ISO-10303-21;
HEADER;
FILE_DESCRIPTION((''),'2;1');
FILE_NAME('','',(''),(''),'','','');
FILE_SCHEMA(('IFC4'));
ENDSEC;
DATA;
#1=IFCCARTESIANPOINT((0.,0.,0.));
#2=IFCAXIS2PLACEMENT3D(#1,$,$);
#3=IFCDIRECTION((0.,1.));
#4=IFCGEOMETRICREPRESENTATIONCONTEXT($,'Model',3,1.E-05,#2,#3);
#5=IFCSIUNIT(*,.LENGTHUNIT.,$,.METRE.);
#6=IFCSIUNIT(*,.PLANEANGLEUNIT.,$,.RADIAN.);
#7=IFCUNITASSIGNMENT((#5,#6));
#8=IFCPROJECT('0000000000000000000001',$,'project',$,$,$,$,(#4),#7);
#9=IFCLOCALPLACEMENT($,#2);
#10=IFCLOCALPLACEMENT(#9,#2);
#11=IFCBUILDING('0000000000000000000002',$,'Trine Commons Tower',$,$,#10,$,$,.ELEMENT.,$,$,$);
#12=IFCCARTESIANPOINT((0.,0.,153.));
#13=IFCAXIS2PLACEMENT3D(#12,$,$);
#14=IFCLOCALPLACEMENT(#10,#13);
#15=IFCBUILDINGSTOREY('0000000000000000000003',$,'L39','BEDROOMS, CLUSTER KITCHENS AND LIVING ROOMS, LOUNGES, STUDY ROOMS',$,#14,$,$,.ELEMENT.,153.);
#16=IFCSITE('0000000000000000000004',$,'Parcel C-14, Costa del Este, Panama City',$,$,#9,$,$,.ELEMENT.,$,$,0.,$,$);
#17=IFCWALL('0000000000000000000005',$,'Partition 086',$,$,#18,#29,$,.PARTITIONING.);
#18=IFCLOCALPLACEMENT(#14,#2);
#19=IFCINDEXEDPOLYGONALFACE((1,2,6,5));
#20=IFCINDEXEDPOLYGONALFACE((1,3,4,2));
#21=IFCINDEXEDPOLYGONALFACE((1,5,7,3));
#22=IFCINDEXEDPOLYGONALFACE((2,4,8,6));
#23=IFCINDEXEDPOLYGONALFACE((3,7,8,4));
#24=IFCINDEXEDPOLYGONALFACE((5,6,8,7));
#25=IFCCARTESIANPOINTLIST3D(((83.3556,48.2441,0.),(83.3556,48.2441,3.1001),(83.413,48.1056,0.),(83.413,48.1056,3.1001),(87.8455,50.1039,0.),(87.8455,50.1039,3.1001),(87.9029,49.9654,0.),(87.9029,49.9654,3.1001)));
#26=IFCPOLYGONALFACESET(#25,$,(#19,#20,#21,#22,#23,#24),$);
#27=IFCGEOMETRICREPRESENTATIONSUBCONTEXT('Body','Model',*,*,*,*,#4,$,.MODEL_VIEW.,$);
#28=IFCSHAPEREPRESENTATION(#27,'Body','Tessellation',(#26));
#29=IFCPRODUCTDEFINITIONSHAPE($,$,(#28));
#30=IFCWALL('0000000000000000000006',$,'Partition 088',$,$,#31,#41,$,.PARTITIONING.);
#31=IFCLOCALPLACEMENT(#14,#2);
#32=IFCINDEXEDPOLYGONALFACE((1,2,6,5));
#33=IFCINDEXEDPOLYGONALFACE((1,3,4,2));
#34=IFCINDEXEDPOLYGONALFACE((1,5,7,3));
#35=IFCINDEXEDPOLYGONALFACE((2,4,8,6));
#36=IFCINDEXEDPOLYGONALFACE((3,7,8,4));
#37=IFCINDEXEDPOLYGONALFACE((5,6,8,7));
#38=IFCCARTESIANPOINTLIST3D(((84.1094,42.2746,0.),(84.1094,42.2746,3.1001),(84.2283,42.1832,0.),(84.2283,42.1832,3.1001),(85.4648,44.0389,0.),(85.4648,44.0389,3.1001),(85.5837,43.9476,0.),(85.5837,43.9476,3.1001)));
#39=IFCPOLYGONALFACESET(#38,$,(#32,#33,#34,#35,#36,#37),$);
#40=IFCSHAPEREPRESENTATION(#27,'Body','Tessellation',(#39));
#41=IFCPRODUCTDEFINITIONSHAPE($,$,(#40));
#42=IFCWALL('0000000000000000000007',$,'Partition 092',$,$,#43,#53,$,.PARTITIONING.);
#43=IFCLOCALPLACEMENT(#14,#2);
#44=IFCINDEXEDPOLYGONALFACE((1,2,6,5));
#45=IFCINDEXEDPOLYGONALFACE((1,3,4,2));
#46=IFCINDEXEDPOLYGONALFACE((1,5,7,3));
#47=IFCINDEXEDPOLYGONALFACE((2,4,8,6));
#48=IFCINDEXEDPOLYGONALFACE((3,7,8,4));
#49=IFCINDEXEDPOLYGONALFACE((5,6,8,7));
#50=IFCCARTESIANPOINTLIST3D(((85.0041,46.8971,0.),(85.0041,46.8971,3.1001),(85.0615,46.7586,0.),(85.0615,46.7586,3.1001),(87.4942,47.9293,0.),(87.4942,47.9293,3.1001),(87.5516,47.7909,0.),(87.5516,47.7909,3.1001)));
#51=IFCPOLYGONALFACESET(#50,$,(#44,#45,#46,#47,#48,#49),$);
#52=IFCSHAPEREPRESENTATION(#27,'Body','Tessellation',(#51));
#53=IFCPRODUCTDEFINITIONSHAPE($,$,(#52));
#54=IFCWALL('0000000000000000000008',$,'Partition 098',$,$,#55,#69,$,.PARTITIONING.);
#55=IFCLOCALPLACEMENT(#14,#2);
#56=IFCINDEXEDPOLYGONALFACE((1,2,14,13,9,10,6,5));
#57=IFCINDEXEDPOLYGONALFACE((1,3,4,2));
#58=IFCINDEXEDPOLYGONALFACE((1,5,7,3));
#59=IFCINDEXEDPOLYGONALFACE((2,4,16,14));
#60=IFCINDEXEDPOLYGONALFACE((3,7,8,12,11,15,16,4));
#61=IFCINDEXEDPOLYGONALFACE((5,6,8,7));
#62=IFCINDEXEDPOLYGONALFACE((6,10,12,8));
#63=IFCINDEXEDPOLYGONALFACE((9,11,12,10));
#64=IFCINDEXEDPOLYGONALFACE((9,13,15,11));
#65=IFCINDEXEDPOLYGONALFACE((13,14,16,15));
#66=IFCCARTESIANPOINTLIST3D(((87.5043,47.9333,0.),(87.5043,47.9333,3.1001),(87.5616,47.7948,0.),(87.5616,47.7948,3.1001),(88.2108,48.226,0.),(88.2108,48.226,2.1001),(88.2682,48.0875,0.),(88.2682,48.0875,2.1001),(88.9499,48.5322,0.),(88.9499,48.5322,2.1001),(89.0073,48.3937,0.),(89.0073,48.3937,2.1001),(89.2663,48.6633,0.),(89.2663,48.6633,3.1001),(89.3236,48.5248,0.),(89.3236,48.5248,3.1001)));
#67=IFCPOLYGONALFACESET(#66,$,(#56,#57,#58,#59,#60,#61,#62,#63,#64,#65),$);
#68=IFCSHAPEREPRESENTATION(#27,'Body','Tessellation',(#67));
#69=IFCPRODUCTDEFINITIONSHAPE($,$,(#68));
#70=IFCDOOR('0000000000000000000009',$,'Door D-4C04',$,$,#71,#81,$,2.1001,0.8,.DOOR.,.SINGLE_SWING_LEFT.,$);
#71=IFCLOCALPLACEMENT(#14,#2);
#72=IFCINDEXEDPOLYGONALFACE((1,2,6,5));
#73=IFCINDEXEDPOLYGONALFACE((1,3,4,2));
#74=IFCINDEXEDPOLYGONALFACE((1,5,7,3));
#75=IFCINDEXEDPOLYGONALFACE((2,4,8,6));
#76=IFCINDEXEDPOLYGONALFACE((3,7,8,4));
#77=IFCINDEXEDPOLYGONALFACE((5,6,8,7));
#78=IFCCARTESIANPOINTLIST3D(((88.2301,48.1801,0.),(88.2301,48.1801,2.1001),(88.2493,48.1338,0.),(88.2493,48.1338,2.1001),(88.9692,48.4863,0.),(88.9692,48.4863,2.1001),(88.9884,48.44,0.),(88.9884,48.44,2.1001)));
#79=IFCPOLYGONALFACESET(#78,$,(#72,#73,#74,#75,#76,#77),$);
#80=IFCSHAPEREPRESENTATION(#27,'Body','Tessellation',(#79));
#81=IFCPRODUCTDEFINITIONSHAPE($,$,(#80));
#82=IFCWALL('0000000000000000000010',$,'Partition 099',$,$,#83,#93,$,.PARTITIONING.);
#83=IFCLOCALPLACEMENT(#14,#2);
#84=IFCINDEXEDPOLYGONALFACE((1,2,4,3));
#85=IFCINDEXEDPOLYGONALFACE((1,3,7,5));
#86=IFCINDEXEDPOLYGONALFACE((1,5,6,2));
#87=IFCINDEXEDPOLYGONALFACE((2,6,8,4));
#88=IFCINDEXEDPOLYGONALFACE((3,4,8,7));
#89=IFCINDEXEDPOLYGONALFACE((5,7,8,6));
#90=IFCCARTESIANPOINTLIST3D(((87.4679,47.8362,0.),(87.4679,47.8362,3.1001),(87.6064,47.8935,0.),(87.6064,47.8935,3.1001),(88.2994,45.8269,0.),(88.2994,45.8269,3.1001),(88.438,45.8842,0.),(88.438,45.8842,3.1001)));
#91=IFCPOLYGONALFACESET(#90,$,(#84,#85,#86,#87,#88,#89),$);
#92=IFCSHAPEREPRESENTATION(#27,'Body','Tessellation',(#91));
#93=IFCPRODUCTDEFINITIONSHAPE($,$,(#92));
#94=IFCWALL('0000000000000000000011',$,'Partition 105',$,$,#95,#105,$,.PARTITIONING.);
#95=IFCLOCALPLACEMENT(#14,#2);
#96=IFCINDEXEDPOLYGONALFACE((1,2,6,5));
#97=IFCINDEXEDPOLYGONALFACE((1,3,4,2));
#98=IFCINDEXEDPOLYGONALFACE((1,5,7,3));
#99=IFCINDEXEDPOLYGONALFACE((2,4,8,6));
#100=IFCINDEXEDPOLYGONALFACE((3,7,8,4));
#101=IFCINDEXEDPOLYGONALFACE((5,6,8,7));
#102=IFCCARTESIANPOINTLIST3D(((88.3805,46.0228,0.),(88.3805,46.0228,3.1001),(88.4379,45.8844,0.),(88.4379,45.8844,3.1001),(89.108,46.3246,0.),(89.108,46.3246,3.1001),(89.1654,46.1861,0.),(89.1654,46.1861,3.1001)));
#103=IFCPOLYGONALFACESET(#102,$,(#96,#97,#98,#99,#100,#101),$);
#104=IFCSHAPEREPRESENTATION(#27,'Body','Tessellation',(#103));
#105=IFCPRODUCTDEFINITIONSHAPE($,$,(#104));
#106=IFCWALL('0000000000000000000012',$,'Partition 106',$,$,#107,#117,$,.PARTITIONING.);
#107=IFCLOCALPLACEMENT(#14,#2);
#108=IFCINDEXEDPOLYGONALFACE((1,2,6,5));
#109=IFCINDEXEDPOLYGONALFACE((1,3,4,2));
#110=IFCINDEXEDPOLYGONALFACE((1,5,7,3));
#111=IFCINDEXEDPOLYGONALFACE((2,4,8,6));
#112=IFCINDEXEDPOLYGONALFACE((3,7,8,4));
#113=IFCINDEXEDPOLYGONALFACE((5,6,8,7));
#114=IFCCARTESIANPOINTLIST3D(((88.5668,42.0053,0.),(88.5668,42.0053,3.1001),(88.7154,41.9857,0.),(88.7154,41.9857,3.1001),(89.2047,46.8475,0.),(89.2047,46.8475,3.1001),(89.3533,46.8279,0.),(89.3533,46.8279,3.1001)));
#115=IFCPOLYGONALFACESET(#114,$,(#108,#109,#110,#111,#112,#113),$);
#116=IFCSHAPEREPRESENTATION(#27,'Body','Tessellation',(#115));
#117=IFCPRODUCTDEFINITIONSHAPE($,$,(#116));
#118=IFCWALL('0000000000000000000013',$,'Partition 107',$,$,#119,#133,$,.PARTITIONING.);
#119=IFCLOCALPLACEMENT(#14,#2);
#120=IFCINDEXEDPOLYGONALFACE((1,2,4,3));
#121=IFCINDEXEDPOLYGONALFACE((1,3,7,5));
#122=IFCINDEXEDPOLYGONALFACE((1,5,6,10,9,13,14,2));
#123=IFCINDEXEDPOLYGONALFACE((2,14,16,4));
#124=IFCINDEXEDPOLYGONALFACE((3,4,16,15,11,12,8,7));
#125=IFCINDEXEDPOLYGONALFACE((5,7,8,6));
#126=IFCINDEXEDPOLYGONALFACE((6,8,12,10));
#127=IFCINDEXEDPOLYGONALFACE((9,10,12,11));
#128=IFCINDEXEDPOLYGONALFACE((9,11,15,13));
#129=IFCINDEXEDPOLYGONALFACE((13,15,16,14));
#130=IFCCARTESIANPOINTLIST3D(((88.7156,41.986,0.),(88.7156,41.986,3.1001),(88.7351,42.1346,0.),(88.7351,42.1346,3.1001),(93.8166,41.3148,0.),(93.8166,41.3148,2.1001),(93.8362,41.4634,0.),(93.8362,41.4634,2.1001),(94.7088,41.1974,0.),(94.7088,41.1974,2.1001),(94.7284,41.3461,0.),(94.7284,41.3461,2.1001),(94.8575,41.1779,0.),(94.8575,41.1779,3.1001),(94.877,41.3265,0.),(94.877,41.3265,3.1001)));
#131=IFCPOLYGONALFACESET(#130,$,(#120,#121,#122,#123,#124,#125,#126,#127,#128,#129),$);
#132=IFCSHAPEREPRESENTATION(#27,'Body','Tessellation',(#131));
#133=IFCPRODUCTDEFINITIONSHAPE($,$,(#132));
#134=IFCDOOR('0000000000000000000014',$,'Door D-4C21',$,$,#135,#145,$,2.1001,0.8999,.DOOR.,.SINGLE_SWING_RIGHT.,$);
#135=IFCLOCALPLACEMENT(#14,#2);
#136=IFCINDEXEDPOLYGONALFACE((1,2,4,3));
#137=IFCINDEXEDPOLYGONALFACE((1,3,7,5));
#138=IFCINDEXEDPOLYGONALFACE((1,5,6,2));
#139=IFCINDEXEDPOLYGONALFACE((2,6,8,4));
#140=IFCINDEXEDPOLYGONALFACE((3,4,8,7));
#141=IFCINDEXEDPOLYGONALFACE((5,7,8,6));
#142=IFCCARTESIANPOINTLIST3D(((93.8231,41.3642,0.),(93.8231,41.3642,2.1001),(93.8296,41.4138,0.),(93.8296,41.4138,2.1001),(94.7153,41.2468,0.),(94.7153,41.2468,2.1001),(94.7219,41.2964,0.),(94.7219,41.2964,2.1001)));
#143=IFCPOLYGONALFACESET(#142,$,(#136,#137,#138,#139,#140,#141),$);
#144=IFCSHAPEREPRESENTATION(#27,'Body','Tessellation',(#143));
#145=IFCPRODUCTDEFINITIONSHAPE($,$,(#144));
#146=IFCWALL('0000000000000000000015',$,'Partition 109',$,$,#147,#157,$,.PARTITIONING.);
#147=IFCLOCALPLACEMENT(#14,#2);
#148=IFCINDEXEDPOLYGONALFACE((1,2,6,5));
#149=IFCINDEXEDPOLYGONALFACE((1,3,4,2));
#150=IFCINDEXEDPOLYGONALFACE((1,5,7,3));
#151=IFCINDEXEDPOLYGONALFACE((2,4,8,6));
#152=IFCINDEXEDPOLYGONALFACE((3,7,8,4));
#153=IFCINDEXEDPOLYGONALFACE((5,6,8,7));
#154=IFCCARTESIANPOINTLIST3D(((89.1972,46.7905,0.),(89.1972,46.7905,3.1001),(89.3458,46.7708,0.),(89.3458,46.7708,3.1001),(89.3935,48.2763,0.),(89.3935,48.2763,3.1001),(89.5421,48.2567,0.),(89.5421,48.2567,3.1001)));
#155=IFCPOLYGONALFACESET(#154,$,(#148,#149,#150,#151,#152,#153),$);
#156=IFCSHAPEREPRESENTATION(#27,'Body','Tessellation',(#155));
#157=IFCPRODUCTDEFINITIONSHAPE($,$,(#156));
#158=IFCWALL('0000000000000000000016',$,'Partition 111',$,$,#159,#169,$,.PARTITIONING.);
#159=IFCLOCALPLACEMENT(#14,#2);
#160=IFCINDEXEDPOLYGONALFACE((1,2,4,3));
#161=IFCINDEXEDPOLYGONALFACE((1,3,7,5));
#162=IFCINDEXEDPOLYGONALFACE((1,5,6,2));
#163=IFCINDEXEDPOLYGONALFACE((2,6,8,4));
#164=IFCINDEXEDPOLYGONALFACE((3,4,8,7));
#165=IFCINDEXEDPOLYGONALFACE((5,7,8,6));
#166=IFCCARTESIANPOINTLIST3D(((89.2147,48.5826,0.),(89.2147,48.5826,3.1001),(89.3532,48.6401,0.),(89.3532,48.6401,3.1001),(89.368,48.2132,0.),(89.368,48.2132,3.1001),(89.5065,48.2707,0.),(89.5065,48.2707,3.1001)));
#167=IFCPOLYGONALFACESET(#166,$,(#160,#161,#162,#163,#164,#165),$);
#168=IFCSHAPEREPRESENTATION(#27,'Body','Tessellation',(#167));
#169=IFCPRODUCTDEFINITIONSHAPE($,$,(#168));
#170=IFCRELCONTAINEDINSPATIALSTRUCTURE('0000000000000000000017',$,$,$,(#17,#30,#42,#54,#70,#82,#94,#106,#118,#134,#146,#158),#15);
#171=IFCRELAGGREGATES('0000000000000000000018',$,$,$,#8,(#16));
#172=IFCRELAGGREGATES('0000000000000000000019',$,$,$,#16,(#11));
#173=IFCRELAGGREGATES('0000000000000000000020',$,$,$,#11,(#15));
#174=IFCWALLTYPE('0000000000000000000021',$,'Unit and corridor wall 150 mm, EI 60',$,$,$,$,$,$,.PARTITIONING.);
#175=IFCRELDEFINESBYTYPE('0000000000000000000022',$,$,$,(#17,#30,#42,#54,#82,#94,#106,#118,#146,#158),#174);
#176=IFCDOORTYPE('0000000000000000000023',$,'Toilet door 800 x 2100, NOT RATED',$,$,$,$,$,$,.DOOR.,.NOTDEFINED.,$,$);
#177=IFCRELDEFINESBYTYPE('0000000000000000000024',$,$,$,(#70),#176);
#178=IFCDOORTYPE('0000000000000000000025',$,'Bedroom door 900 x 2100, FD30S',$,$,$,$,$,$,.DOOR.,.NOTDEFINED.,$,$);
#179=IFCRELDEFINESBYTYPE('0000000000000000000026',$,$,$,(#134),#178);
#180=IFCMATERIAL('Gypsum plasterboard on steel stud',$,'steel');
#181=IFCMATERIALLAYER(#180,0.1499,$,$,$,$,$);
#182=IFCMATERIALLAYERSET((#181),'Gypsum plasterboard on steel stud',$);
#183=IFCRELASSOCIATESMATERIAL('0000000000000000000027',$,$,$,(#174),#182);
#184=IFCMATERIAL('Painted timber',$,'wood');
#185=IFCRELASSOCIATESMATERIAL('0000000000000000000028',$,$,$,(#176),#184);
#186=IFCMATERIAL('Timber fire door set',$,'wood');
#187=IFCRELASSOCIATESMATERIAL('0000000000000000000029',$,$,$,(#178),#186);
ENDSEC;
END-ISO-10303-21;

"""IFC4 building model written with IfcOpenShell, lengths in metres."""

from ifc_helpers import new_model, si_unit, direction, frame, frame_2d, origin, place, context, subcontext, project, spatial, rectangle, extrude, material, layer, layer_set, type_object, element, fill, save


model = new_model("IFC4")

# Units and contexts
model_context = context("Model", 3, precision=1e-05, world=origin(), true_north=direction((0.0, 1.0)))
body_context = subcontext(model_context, "Body", "Model", "MODEL_VIEW")
ifc_project = project(units=[si_unit("LENGTHUNIT", "METRE"), si_unit("PLANEANGLEUNIT", "RADIAN")], contexts=[model_context])

# Site, building, storey
site_placement = place(None, origin())
site = spatial("IfcSite", under=ifc_project, at=site_placement, Name="Parcel C-14, Costa del Este, Panama City", CompositionType="ELEMENT", RefElevation=0.0)
building_placement = place(site_placement, origin())
building = spatial("IfcBuilding", under=site, at=building_placement, Name="Trine Commons Tower", CompositionType="ELEMENT")
storey_placement = place(building_placement, frame((0.0, 0.0, 153.0)))
storey = spatial("IfcBuildingStorey", under=building, at=storey_placement, Name="L39", Description="BEDROOMS, CLUSTER KITCHENS AND LIVING ROOMS, LOUNGES, STUDY ROOMS", CompositionType="ELEMENT", Elevation=153.0)

# Shared definitions
ifc_material_1 = material(Name="Gypsum plasterboard on steel stud", Category="steel")
ifc_layer_1 = layer(ifc_material_1, 0.1499)
ifc_layer_set_1 = layer_set([ifc_layer_1], Name="Gypsum plasterboard on steel stud")
wall_type_1 = type_object("IfcWallType", Name="Unit and corridor wall 150 mm, EI 60", PredefinedType="PARTITIONING", material=ifc_layer_set_1)
ifc_material_2 = material(Name="Timber fire door set", Category="wood")

# Walls
wall_1_placement = place(storey_placement, frame((83.3843, 48.1748, 0.0), z_axis=(0.0, 0.0, 1.0), x_axis=(0.923876, 0.382692, 0.0)))
element("IfcWall", 1, at=wall_1_placement, inside=storey, type_object=wall_type_1, Name="Partition 086", PredefinedType="PARTITIONING", context=body_context, shape_type="SweptSolid", body=[
    extrude(rectangle(XDim=4.8599, YDim=0.1499, at=frame_2d((2.4299, 0.0))), origin(), (0.0, 0.0, 1.0), 3.1001),
])
wall_2_placement = place(storey_placement, frame((84.1689, 42.229, 0.0), z_axis=(0.0, 0.0, 1.0), x_axis=(0.609212, 0.793007, 0.0)))
element("IfcWall", 2, at=wall_2_placement, inside=storey, type_object=wall_type_1, Name="Partition 088", PredefinedType="PARTITIONING", context=body_context, shape_type="SweptSolid", body=[
    extrude(rectangle(XDim=2.2249, YDim=0.1499, at=frame_2d((1.1123, 0.0))), origin(), (0.0, 0.0, 1.0), 3.1001),
])
wall_3_placement = place(storey_placement, frame((85.033, 46.8279, 0.0), z_axis=(0.0, 0.0, 1.0), x_axis=(0.923769, 0.382949, 0.0)))
element("IfcWall", 3, at=wall_3_placement, inside=storey, type_object=wall_type_1, Name="Partition 092", PredefinedType="PARTITIONING", context=body_context, shape_type="SweptSolid", body=[
    extrude(rectangle(XDim=2.6956, YDim=0.1499, at=frame_2d((1.3477, 0.0))), origin(), (0.0, 0.0, 1.0), 3.1001),
])

# Wall, opening, door
wall_4_placement = place(storey_placement, frame((87.533, 47.864, 0.0), z_axis=(0.0, 0.0, 1.0), x_axis=(0.923851, 0.382751, 0.0)))
wall_4 = element("IfcWall", 4, at=wall_4_placement, inside=storey, type_object=wall_type_1, Name="Partition 098", PredefinedType="PARTITIONING", context=body_context, shape_type="SweptSolid", body=[
    extrude(rectangle(XDim=1.9072, YDim=0.1499, at=frame_2d((0.9536, 0.0))), origin(), (0.0, 0.0, 1.0), 3.1001),
])
opening_1_placement = place(wall_4_placement, frame((0.7649, 0.0, 0.0)))
opening_1 = element("IfcOpeningElement", 5, at=opening_1_placement, cuts=wall_4, PredefinedType="OPENING", context=body_context, shape_type="SweptSolid", body=[
    extrude(rectangle(XDim=0.8, YDim=2.1001, at=frame_2d((0.3999, 1.05))), frame((0.0, 0.085, 0.0), z_axis=(0.0, -1.0, 0.0), x_axis=(1.0, 0.0, 0.0)), (0.0, 0.0, 1.0), 0.1699),
])
ifc_material_3 = material(Name="Painted timber", Category="wood")
door_type_1 = type_object("IfcDoorType", Name="Toilet door 800 x 2100, NOT RATED", OperationType="NOTDEFINED", PredefinedType="DOOR", material=ifc_material_3)
door_1_placement = place(opening_1_placement, frame((0.8, 0.0, 0.0), z_axis=(0.0, 0.0, 1.0), x_axis=(-1.0, 0.0, 0.0)))
door_1 = element("IfcDoor", 6, at=door_1_placement, inside=storey, type_object=door_type_1, Name="Door D-4C04", OperationType="SINGLE_SWING_LEFT", OverallHeight=2.1001, OverallWidth=0.8, PredefinedType="DOOR", context=body_context, shape_type="SweptSolid", body=[
    extrude(rectangle(XDim=0.8, YDim=2.1001, at=frame_2d((0.3999, 1.05))), frame((0.0, 0.0249, 0.0), z_axis=(0.0, -1.0, 0.0), x_axis=(1.0, 0.0, 0.0)), (0.0, 0.0, 1.0), 0.05),
])
fill(opening_1, door_1)

# Walls
wall_5_placement = place(storey_placement, frame((87.5371, 47.865, 0.0), z_axis=(0.0, 0.0, 1.0), x_axis=(0.382398, -0.923998, 0.0)))
element("IfcWall", 7, at=wall_5_placement, inside=storey, type_object=wall_type_1, Name="Partition 099", PredefinedType="PARTITIONING", context=body_context, shape_type="SweptSolid", body=[
    extrude(rectangle(XDim=2.1746, YDim=0.1499, at=frame_2d((1.0874, 0.0))), origin(), (0.0, 0.0, 1.0), 3.1001),
])
wall_6_placement = place(storey_placement, frame((88.4092, 45.9536, 0.0), z_axis=(0.0, 0.0, 1.0), x_axis=(0.923699, 0.383118, 0.0)))
element("IfcWall", 8, at=wall_6_placement, inside=storey, type_object=wall_type_1, Name="Partition 105", PredefinedType="PARTITIONING", context=body_context, shape_type="SweptSolid", body=[
    extrude(rectangle(XDim=0.7876, YDim=0.1499, at=frame_2d((0.3938, 0.0))), origin(), (0.0, 0.0, 1.0), 3.1001),
])
wall_7_placement = place(storey_placement, frame((88.6411, 41.9956, 0.0), z_axis=(0.0, 0.0, 1.0), x_axis=(0.130615, 0.991433, 0.0)))
element("IfcWall", 9, at=wall_7_placement, inside=storey, type_object=wall_type_1, Name="Partition 106", PredefinedType="PARTITIONING", context=body_context, shape_type="SweptSolid", body=[
    extrude(rectangle(XDim=4.884, YDim=0.1499, at=frame_2d((2.4419, 0.0))), origin(), (0.0, 0.0, 1.0), 3.1001),
])

# Wall, opening, door
wall_8_placement = place(storey_placement, frame((88.7253, 42.0603, 0.0), z_axis=(0.0, 0.0, 1.0), x_axis=(0.991455, -0.130449, 0.0)))
wall_8 = element("IfcWall", 10, at=wall_8_placement, inside=storey, type_object=wall_type_1, Name="Partition 107", PredefinedType="PARTITIONING", context=body_context, shape_type="SweptSolid", body=[
    extrude(rectangle(XDim=6.1948, YDim=0.1499, at=frame_2d((3.0974, 0.0))), origin(), (0.0, 0.0, 1.0), 3.1001),
])
opening_2_placement = place(wall_8_placement, frame((5.145, 0.0, 0.0)))
opening_2 = element("IfcOpeningElement", 11, at=opening_2_placement, cuts=wall_8, PredefinedType="OPENING", context=body_context, shape_type="SweptSolid", body=[
    extrude(rectangle(XDim=0.8999, YDim=2.1001, at=frame_2d((0.45, 1.05))), frame((0.0, 0.085, 0.0), z_axis=(0.0, -1.0, 0.0), x_axis=(1.0, 0.0, 0.0)), (0.0, 0.0, 1.0), 0.1699),
])
door_type_2 = type_object("IfcDoorType", Name="Bedroom door 900 x 2100, FD30S", OperationType="NOTDEFINED", PredefinedType="DOOR", material=ifc_material_2)
door_2_placement = place(opening_2_placement, origin())
door_2 = element("IfcDoor", 12, at=door_2_placement, inside=storey, type_object=door_type_2, Name="Door D-4C21", OperationType="SINGLE_SWING_RIGHT", OverallHeight=2.1001, OverallWidth=0.8999, PredefinedType="DOOR", context=body_context, shape_type="SweptSolid", body=[
    extrude(rectangle(XDim=0.8999, YDim=2.1001, at=frame_2d((0.45, 1.05))), frame((0.0, 0.0249, 0.0), z_axis=(0.0, -1.0, 0.0), x_axis=(1.0, 0.0, 0.0)), (0.0, 0.0, 1.0), 0.05),
])
fill(opening_2, door_2)

# Walls
wall_9_placement = place(storey_placement, frame((89.2715, 46.7805, 0.0), z_axis=(0.0, 0.0, 1.0), x_axis=(0.130969, 0.991387, 0.0)))
element("IfcWall", 13, at=wall_9_placement, inside=storey, type_object=wall_type_1, Name="Partition 109", PredefinedType="PARTITIONING", context=body_context, shape_type="SweptSolid", body=[
    extrude(rectangle(XDim=1.4988, YDim=0.1499, at=frame_2d((0.7495, 0.0))), origin(), (0.0, 0.0, 1.0), 3.1001),
])
wall_10_placement = place(storey_placement, frame((89.2839, 48.6113, 0.0), z_axis=(0.0, 0.0, 1.0), x_axis=(0.383358, -0.9236, 0.0)))
element("IfcWall", 14, at=wall_10_placement, inside=storey, type_object=wall_type_1, Name="Partition 111", PredefinedType="PARTITIONING", context=body_context, shape_type="SweptSolid", body=[
    extrude(rectangle(XDim=0.3999, YDim=0.1499, at=frame_2d((0.2, 0.0))), origin(), (0.0, 0.0, 1.0), 3.1001),
])

save(model, "model.ifc")
